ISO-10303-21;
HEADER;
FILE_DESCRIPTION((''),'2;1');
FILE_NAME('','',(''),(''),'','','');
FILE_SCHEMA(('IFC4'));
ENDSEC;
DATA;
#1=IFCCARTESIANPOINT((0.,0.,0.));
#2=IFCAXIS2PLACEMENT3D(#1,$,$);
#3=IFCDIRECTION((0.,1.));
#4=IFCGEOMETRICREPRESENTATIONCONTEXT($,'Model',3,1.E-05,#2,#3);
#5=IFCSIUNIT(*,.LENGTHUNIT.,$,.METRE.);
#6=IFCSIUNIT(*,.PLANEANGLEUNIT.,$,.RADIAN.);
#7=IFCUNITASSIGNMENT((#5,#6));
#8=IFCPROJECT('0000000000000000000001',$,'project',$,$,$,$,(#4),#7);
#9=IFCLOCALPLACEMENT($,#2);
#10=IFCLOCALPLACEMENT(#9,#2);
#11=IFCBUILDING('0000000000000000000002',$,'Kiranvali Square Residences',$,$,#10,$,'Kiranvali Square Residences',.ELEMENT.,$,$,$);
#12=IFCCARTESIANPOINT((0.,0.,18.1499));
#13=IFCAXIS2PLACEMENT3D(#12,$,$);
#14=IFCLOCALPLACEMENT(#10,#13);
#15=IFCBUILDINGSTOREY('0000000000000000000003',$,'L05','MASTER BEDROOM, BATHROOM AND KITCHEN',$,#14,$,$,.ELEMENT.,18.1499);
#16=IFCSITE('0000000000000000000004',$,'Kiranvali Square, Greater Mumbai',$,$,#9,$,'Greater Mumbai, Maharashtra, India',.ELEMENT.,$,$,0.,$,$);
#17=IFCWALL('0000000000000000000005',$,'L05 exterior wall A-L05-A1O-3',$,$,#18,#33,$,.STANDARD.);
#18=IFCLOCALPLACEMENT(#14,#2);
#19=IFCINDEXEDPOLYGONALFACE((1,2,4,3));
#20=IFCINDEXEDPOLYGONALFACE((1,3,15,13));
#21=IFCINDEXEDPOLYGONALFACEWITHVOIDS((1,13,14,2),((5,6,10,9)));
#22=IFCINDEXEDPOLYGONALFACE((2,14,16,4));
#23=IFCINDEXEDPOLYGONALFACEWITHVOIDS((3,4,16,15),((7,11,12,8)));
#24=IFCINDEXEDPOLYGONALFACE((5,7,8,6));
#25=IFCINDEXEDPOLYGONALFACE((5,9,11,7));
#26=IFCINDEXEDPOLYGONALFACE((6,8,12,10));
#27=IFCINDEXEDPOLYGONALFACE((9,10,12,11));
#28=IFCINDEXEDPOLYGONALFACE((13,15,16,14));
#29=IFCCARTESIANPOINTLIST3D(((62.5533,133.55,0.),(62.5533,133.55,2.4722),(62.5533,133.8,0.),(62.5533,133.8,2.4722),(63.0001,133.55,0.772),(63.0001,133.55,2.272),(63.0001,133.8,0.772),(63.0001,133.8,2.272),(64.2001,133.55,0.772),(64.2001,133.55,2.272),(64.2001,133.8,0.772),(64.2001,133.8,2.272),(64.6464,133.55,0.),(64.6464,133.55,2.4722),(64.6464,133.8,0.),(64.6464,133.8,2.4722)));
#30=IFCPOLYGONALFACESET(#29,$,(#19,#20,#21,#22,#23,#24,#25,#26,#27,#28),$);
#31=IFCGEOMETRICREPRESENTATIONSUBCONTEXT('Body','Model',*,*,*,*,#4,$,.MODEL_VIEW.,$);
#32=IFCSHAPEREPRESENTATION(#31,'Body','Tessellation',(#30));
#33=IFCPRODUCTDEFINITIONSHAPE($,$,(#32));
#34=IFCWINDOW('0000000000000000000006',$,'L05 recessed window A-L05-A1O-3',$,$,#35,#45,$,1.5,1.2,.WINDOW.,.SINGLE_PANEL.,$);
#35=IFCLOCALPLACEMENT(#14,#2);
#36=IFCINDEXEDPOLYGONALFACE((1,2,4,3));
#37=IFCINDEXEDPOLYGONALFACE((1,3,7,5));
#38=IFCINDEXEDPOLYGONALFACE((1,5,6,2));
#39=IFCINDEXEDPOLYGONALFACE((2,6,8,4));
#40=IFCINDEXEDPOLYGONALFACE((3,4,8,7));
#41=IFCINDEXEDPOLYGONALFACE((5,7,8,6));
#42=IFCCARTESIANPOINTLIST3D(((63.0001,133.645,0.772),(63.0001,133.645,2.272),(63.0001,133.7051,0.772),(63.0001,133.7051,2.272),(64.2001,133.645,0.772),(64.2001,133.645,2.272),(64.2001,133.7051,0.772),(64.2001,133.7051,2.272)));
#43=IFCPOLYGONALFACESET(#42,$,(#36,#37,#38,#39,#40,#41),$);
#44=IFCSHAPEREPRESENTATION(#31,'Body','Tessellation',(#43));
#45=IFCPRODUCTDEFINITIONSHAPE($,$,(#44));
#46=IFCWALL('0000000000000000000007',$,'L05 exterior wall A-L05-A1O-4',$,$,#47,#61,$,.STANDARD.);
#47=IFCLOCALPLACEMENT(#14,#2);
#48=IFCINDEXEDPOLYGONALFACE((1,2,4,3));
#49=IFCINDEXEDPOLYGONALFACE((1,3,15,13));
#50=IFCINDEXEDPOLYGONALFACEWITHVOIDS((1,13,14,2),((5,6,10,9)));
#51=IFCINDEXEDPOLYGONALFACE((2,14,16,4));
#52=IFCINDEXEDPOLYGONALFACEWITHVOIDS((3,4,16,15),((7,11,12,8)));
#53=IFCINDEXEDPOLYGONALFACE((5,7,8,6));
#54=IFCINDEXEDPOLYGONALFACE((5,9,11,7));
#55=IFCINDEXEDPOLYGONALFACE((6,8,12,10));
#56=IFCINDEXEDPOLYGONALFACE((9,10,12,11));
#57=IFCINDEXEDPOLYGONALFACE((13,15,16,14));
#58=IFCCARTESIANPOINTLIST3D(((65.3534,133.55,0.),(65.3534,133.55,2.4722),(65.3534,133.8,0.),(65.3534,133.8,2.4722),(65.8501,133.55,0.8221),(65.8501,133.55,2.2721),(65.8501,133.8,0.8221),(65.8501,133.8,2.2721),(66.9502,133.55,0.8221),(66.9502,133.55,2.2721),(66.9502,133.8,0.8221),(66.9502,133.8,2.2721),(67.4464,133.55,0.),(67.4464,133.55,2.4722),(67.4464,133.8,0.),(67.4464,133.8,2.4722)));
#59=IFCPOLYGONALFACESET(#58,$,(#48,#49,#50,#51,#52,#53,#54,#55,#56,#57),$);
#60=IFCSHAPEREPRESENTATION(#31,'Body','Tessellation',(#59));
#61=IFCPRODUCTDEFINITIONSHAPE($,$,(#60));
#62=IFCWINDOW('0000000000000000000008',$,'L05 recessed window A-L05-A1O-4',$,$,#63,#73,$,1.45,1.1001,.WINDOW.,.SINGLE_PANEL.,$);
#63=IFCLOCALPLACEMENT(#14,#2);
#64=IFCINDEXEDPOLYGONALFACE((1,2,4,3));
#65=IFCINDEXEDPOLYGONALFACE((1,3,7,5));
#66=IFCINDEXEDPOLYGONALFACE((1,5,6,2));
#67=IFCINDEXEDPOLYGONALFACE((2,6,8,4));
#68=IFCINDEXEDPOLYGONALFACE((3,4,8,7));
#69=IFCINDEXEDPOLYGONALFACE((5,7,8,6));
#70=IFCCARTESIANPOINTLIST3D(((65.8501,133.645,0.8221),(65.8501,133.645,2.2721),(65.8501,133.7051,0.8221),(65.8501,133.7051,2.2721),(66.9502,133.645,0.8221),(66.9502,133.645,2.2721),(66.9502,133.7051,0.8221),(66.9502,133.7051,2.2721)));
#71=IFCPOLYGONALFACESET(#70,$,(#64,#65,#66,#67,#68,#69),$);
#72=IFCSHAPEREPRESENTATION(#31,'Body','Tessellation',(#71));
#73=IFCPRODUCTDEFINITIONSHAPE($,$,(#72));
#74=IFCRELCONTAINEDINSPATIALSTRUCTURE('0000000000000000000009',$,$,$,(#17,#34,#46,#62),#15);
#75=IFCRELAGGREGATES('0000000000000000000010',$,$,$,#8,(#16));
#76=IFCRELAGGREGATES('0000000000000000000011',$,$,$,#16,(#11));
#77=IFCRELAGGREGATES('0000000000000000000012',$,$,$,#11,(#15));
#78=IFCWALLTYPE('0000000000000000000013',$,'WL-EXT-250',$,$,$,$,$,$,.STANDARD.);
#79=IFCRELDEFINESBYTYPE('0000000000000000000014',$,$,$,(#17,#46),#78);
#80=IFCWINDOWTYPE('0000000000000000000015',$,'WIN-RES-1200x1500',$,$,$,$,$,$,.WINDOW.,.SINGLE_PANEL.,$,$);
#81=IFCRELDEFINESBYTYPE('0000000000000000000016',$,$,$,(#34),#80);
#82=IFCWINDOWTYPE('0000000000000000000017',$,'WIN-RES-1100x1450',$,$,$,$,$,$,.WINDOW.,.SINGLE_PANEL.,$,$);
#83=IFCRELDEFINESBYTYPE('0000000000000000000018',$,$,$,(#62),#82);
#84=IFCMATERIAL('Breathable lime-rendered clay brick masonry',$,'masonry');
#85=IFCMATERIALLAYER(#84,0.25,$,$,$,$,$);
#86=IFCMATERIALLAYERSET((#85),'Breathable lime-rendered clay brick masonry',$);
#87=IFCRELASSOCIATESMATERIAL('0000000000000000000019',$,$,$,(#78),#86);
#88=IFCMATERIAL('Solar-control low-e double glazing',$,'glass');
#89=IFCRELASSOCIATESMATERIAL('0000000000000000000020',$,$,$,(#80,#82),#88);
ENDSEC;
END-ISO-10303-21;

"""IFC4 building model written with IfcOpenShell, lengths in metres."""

from ifc_helpers import new_model, si_unit, direction, frame, frame_2d, origin, place, context, subcontext, project, spatial, rectangle, extrude, material, layer, layer_set, type_object, element, fill, save


model = new_model("IFC4")

# Units and contexts
model_context = context("Model", 3, precision=1e-05, world=origin(), true_north=direction((0.0, 1.0)))
body_context = subcontext(model_context, "Body", "Model", "MODEL_VIEW")
ifc_project = project(units=[si_unit("LENGTHUNIT", "METRE"), si_unit("PLANEANGLEUNIT", "RADIAN")], contexts=[model_context])

# Site, building, storey
site_placement = place(None, origin())
site = spatial("IfcSite", under=ifc_project, at=site_placement, Name="Kiranvali Square, Greater Mumbai", LongName="Greater Mumbai, Maharashtra, India", CompositionType="ELEMENT", RefElevation=0.0)
building_placement = place(site_placement, origin())
building = spatial("IfcBuilding", under=site, at=building_placement, Name="Kiranvali Square Residences", LongName="Kiranvali Square Residences", CompositionType="ELEMENT")
storey_placement = place(building_placement, frame((0.0, 0.0, 18.1499)))
storey = spatial("IfcBuildingStorey", under=building, at=storey_placement, Name="L05", Description="MASTER BEDROOM, BATHROOM AND KITCHEN", CompositionType="ELEMENT", Elevation=18.1499)

# Walls, openings, windows
ifc_material_1 = material(Name="Breathable lime-rendered clay brick masonry", Category="masonry")
ifc_layer = layer(ifc_material_1, 0.25)
ifc_layer_set = layer_set([ifc_layer], Name="Breathable lime-rendered clay brick masonry")
wall_type = type_object("IfcWallType", Name="WL-EXT-250", PredefinedType="STANDARD", material=ifc_layer_set)
wall_1_placement = place(storey_placement, frame((62.5535, 133.675, 0.0), z_axis=(0.0, 0.0, 1.0), x_axis=(1.0, 0.0, 0.0)))
wall_1 = element("IfcWall", 1, at=wall_1_placement, inside=storey, type_object=wall_type, Name="L05 exterior wall A-L05-A1O-3", PredefinedType="STANDARD", context=body_context, shape_type="SweptSolid", body=[
    extrude(rectangle(XDim=2.093, YDim=0.25, at=frame_2d((1.0464, 0.0))), origin(), (0.0, 0.0, 1.0), 2.4722),
])
opening_1_placement = place(wall_1_placement, frame((0.4465, 0.0, 0.772)))
opening_1 = element("IfcOpeningElement", 2, at=opening_1_placement, cuts=wall_1, PredefinedType="OPENING", context=body_context, shape_type="SweptSolid", body=[
    extrude(rectangle(XDim=1.2, YDim=1.5, at=frame_2d((0.6001, 0.75))), frame((0.0, 0.135, 0.0), z_axis=(0.0, -1.0, 0.0), x_axis=(1.0, 0.0, 0.0)), (0.0, 0.0, 1.0), 0.27),
])
ifc_material_2 = material(Name="Solar-control low-e double glazing", Category="glass")
window_type_1 = type_object("IfcWindowType", Name="WIN-RES-1200x1500", PartitioningType="SINGLE_PANEL", PredefinedType="WINDOW", material=ifc_material_2)
window_1_placement = place(opening_1_placement, origin())
window_1 = element("IfcWindow", 3, at=window_1_placement, inside=storey, type_object=window_type_1, Name="L05 recessed window A-L05-A1O-3", OverallHeight=1.5, OverallWidth=1.2, PartitioningType="SINGLE_PANEL", PredefinedType="WINDOW", context=body_context, shape_type="SweptSolid", body=[
    extrude(rectangle(XDim=1.2, YDim=1.5, at=frame_2d((0.6001, 0.75))), frame((0.0, 0.03, 0.0), z_axis=(0.0, -1.0, 0.0), x_axis=(1.0, 0.0, 0.0)), (0.0, 0.0, 1.0), 0.0601),
])
fill(opening_1, window_1)
wall_2_placement = place(storey_placement, frame((65.3535, 133.675, 0.0), z_axis=(0.0, 0.0, 1.0), x_axis=(1.0, 0.0, 0.0)))
wall_2 = element("IfcWall", 4, at=wall_2_placement, inside=storey, type_object=wall_type, Name="L05 exterior wall A-L05-A1O-4", PredefinedType="STANDARD", context=body_context, shape_type="SweptSolid", body=[
    extrude(rectangle(XDim=2.093, YDim=0.25, at=frame_2d((1.0464, 0.0))), origin(), (0.0, 0.0, 1.0), 2.4722),
])
opening_2_placement = place(wall_2_placement, frame((0.4966, 0.0, 0.822)))
opening_2 = element("IfcOpeningElement", 5, at=opening_2_placement, cuts=wall_2, PredefinedType="OPENING", context=body_context, shape_type="SweptSolid", body=[
    extrude(rectangle(XDim=1.1001, YDim=1.45, at=frame_2d((0.55, 0.7251))), frame((0.0, 0.135, 0.0), z_axis=(0.0, -1.0, 0.0), x_axis=(1.0, 0.0, 0.0)), (0.0, 0.0, 1.0), 0.27),
])
window_type_2 = type_object("IfcWindowType", Name="WIN-RES-1100x1450", PartitioningType="SINGLE_PANEL", PredefinedType="WINDOW", material=ifc_material_2)
window_2_placement = place(opening_2_placement, origin())
window_2 = element("IfcWindow", 6, at=window_2_placement, inside=storey, type_object=window_type_2, Name="L05 recessed window A-L05-A1O-4", OverallHeight=1.45, OverallWidth=1.1001, PartitioningType="SINGLE_PANEL", PredefinedType="WINDOW", context=body_context, shape_type="SweptSolid", body=[
    extrude(rectangle(XDim=1.1001, YDim=1.45, at=frame_2d((0.55, 0.7251))), frame((0.0, 0.03, 0.0), z_axis=(0.0, -1.0, 0.0), x_axis=(1.0, 0.0, 0.0)), (0.0, 0.0, 1.0), 0.0601),
])
fill(opening_2, window_2)

save(model, "model.ifc")
